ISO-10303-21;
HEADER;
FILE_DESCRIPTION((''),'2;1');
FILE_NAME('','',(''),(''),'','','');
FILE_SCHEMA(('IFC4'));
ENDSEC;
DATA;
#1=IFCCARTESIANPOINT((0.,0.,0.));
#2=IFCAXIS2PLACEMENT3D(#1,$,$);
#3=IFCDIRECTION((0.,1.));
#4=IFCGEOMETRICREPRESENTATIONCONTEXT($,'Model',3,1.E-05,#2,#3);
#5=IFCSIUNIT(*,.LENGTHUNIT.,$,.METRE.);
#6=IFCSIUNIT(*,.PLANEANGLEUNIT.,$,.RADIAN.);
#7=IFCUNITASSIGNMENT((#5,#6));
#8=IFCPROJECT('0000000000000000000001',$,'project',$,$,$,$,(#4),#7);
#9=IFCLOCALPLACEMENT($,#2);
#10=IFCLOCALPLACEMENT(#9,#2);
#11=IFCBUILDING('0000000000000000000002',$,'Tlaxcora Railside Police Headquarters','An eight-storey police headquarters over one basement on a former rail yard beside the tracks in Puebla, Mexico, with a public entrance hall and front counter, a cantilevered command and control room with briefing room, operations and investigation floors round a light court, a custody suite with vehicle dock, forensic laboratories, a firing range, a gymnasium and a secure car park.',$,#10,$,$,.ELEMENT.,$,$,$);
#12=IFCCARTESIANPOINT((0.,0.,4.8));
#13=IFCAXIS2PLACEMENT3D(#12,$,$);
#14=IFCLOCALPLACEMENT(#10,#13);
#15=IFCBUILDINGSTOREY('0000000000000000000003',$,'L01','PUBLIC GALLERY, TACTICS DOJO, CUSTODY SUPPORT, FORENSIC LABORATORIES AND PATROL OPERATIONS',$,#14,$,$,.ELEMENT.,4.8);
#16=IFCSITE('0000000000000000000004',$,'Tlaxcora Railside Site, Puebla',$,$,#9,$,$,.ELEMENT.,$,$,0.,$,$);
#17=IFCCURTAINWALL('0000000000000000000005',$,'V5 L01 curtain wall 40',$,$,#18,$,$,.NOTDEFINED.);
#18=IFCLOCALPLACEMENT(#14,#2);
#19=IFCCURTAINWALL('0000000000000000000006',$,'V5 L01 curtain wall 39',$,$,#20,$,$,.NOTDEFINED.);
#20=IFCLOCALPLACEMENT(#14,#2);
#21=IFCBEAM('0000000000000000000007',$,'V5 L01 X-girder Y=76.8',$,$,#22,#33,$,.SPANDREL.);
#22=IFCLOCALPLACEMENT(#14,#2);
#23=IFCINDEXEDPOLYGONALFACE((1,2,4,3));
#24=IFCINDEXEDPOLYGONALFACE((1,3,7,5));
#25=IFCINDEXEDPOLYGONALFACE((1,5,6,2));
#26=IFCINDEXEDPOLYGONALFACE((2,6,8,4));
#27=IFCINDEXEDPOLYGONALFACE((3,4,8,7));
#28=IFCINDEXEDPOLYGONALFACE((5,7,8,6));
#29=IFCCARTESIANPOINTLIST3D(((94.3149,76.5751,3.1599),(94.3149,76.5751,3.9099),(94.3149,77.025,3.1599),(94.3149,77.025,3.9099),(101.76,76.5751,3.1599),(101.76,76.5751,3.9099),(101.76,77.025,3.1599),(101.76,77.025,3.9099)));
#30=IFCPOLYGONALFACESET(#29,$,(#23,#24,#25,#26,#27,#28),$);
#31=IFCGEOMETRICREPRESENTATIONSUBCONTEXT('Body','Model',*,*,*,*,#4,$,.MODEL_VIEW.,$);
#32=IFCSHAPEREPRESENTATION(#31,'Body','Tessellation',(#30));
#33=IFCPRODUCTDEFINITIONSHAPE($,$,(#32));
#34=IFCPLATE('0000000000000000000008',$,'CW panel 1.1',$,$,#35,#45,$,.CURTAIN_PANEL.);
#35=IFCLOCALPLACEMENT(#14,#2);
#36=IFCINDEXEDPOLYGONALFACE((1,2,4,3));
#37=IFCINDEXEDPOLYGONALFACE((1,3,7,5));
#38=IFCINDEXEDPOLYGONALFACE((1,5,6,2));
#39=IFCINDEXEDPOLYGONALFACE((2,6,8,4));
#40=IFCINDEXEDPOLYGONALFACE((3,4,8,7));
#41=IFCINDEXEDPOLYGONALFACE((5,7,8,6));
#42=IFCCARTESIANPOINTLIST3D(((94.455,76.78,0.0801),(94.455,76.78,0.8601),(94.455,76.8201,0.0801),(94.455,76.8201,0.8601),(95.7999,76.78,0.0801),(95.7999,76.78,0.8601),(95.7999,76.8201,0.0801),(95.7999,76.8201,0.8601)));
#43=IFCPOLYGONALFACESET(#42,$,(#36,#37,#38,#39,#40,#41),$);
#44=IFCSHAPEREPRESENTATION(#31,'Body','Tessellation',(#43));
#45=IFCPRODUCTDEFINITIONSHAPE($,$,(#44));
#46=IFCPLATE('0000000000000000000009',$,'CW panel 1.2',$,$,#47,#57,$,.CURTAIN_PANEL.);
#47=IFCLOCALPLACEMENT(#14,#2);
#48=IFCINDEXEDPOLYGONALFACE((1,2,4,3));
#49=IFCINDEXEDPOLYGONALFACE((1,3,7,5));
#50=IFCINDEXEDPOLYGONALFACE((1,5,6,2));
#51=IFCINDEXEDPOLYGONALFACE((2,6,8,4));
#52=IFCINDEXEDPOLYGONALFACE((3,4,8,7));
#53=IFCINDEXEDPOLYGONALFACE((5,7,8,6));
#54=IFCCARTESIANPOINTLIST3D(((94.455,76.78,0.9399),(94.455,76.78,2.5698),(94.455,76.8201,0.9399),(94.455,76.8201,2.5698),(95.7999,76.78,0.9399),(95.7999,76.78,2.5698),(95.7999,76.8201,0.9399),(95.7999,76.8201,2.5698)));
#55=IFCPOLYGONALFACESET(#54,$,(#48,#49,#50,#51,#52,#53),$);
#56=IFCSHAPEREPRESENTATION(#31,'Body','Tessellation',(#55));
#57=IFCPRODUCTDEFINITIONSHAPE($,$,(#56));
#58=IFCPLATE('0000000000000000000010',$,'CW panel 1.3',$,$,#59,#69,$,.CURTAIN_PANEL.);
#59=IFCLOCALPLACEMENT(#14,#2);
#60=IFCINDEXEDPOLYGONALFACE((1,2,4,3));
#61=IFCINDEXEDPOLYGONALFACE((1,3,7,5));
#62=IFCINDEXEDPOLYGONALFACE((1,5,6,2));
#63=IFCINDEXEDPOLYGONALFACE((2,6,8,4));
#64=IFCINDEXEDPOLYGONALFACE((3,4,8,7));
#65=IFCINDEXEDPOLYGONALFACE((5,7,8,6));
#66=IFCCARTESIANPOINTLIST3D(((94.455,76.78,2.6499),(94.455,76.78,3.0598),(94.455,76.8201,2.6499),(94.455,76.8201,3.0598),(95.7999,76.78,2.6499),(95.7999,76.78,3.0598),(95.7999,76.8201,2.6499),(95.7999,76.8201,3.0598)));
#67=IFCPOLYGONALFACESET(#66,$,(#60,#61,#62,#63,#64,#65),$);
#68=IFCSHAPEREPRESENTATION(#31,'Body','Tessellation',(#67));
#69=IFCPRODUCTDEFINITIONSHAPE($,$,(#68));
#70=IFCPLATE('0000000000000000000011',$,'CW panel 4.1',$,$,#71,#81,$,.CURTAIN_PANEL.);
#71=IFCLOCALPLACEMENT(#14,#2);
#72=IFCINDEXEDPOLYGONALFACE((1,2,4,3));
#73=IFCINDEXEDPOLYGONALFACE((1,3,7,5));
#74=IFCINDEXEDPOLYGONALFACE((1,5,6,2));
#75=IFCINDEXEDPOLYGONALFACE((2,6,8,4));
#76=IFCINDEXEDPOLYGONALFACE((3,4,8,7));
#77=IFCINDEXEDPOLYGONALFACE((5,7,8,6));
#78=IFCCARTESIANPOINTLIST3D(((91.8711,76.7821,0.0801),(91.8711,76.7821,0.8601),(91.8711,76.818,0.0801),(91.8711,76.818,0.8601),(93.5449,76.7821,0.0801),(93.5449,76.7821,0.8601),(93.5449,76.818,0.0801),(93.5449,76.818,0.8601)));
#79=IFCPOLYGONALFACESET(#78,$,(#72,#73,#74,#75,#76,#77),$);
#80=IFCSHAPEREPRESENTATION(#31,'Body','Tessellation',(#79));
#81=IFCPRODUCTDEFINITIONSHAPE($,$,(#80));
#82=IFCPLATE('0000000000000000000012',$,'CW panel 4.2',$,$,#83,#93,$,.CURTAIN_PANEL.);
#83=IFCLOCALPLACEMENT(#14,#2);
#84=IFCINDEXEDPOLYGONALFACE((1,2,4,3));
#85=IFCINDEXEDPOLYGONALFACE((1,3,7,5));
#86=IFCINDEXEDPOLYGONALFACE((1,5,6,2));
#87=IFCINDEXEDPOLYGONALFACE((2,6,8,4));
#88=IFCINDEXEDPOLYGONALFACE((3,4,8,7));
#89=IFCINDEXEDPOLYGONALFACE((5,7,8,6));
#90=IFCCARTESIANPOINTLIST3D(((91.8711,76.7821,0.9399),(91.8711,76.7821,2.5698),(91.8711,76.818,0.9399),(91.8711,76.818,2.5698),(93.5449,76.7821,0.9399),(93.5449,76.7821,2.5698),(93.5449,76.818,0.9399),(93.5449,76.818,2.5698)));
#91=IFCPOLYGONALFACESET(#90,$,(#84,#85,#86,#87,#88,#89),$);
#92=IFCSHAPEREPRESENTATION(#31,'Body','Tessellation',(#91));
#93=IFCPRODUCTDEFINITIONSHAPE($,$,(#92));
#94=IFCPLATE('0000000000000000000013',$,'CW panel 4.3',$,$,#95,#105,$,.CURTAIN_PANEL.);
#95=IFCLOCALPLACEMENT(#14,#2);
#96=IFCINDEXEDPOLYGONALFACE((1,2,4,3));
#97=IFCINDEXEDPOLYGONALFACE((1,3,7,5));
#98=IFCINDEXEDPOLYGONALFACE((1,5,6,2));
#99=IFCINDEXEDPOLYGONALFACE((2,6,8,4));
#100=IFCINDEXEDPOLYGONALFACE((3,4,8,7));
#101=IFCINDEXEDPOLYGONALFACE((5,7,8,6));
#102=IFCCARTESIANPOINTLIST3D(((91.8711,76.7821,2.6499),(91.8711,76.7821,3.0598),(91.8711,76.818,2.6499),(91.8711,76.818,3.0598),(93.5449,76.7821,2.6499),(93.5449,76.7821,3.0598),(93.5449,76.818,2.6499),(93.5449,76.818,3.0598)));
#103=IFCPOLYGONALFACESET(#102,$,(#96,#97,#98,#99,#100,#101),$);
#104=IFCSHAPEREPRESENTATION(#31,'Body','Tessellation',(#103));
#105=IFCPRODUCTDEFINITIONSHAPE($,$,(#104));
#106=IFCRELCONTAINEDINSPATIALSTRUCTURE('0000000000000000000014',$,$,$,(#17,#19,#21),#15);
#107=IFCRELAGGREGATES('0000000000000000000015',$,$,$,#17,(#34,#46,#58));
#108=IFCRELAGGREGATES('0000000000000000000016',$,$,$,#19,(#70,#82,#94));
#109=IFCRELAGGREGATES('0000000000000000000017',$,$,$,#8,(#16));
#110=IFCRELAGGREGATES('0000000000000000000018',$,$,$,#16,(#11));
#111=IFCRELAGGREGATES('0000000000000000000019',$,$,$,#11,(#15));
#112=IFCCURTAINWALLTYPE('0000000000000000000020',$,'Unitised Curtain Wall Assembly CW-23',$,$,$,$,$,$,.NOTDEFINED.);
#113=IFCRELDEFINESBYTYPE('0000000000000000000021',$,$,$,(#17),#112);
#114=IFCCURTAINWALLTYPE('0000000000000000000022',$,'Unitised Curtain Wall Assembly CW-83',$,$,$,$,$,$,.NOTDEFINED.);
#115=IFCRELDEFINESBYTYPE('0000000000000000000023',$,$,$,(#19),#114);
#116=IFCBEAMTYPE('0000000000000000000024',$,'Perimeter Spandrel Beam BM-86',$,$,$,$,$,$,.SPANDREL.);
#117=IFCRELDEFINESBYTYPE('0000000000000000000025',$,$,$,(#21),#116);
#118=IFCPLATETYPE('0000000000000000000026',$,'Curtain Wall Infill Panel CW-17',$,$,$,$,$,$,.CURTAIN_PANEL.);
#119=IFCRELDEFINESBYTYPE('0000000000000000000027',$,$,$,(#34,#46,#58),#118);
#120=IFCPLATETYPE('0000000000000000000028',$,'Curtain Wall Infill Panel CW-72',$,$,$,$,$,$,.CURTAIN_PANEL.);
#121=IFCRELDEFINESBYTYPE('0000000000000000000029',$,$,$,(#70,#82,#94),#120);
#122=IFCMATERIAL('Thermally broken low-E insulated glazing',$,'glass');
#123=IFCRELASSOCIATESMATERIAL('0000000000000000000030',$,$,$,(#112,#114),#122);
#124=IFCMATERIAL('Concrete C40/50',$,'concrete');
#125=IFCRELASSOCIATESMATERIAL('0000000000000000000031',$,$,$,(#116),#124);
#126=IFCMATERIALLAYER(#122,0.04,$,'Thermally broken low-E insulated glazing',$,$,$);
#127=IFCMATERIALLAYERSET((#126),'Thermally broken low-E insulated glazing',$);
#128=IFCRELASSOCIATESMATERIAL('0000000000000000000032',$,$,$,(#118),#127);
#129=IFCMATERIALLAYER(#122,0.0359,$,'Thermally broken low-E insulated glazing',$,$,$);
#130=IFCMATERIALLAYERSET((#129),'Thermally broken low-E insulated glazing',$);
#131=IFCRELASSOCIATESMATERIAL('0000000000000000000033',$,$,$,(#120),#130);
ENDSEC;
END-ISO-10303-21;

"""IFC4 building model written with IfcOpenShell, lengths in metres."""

from ifc_helpers import new_model, si_unit, direction, frame, origin, origin_2d, place, context, subcontext, project, spatial, rectangle, extrude, material, layer, layer_set, material_profile, profile_set, type_object, element, aggregate, save


model = new_model("IFC4")

# Units and contexts
model_context = context("Model", 3, precision=1e-05, world=origin(), true_north=direction((0.0, 1.0)))
body_context = subcontext(model_context, "Body", "Model", "MODEL_VIEW")
ifc_project = project(units=[si_unit("LENGTHUNIT", "METRE"), si_unit("PLANEANGLEUNIT", "RADIAN")], contexts=[model_context])

# Site, building, storey
site_placement = place(None, origin())
site = spatial("IfcSite", under=ifc_project, at=site_placement, Name="Tlaxcora Railside Site, Puebla", CompositionType="ELEMENT", RefElevation=0.0)
building_placement = place(site_placement, origin())
building = spatial("IfcBuilding", under=site, at=building_placement, Name="Tlaxcora Railside Police Headquarters", Description="An eight-storey police headquarters over one basement on a former rail yard beside the tracks in Puebla, Mexico, with a public entrance hall and front counter, a cantilevered command and control room with briefing room, operations and investigation floors round a light court, a custody suite with vehicle dock, forensic laboratories, a firing range, a gymnasium and a secure car park.", CompositionType="ELEMENT")
storey_placement = place(building_placement, frame((0.0, 0.0, 4.8)))
storey = spatial("IfcBuildingStorey", under=building, at=storey_placement, Name="L01", Description="PUBLIC GALLERY, TACTICS DOJO, CUSTODY SUPPORT, FORENSIC LABORATORIES AND PATROL OPERATIONS", CompositionType="ELEMENT", Elevation=4.8)

# Shared definitions
ifc_material_1 = material(Name="Concrete C40/50", Category="concrete")

# Curtain wall
ifc_material_2 = material(Name="Thermally broken low-E insulated glazing", Category="glass")
curtain_wall_type_1 = type_object("IfcCurtainWallType", Name="Unitised Curtain Wall Assembly CW-23", PredefinedType="NOTDEFINED", material=ifc_material_2)
curtain_wall_1_placement = place(storey_placement, origin())
curtain_wall_1 = element("IfcCurtainWall", 1, at=curtain_wall_1_placement, inside=storey, type_object=curtain_wall_type_1, Name="V5 L01 curtain wall 40", PredefinedType="NOTDEFINED")

# Curtain wall
curtain_wall_type_2 = type_object("IfcCurtainWallType", Name="Unitised Curtain Wall Assembly CW-83", PredefinedType="NOTDEFINED", material=ifc_material_2)
curtain_wall_2_placement = place(storey_placement, origin())
curtain_wall_2 = element("IfcCurtainWall", 2, at=curtain_wall_2_placement, inside=storey, type_object=curtain_wall_type_2, Name="V5 L01 curtain wall 39", PredefinedType="NOTDEFINED")

# Beam
ifc_material_profile_1 = material_profile(ifc_material_1, rectangle(XDim=0.45, YDim=0.75, at=origin_2d()), Name="RC450X750")
ifc_profile_set_1 = profile_set([ifc_material_profile_1], Name="Concrete C40/50")
beam_type = type_object("IfcBeamType", Name="Perimeter Spandrel Beam BM-86", PredefinedType="SPANDREL", material=ifc_profile_set_1)
beam_placement = place(storey_placement, frame((94.3149, 76.8, 3.5349), z_axis=(1.0, 0.0, 0.0), x_axis=(0.0, 1.0, 0.0)))
element("IfcBeam", 3, at=beam_placement, inside=storey, type_object=beam_type, Name="V5 L01 X-girder Y=76.8", PredefinedType="SPANDREL", context=body_context, shape_type="SweptSolid", body=[
    extrude(rectangle(XDim=0.45, YDim=0.75, at=origin_2d()), origin(), (0.0, 0.0, 1.0), 7.4451),
])

# Plates
ifc_layer_1 = layer(ifc_material_2, 0.04, Name="Thermally broken low-E insulated glazing")
ifc_layer_set_1 = layer_set([ifc_layer_1], Name="Thermally broken low-E insulated glazing")
plate_type_1 = type_object("IfcPlateType", Name="Curtain Wall Infill Panel CW-17", PredefinedType="CURTAIN_PANEL", material=ifc_layer_set_1)
plate_1_placement = place(storey_placement, frame((95.1274, 76.8, 0.0801), z_axis=(0.0, 0.0, 1.0), x_axis=(1.0, 0.0, 0.0)))
plate_1 = element("IfcPlate", 4, at=plate_1_placement, type_object=plate_type_1, Name="CW panel 1.1", PredefinedType="CURTAIN_PANEL", context=body_context, shape_type="SweptSolid", body=[
    extrude(rectangle(XDim=1.345, YDim=0.04, at=origin_2d()), origin(), (0.0, 0.0, 1.0), 0.78),
])
plate_2_placement = place(storey_placement, frame((95.1274, 76.8, 0.9399), z_axis=(0.0, 0.0, 1.0), x_axis=(1.0, 0.0, 0.0)))
plate_2 = element("IfcPlate", 5, at=plate_2_placement, type_object=plate_type_1, Name="CW panel 1.2", PredefinedType="CURTAIN_PANEL", context=body_context, shape_type="SweptSolid", body=[
    extrude(rectangle(XDim=1.345, YDim=0.04, at=origin_2d()), origin(), (0.0, 0.0, 1.0), 1.6299),
])
plate_3_placement = place(storey_placement, frame((95.1274, 76.8, 2.6499), z_axis=(0.0, 0.0, 1.0), x_axis=(1.0, 0.0, 0.0)))
plate_3 = element("IfcPlate", 6, at=plate_3_placement, type_object=plate_type_1, Name="CW panel 1.3", PredefinedType="CURTAIN_PANEL", context=body_context, shape_type="SweptSolid", body=[
    extrude(rectangle(XDim=1.345, YDim=0.04, at=origin_2d()), origin(), (0.0, 0.0, 1.0), 0.4099),
])
aggregate(curtain_wall_1, [plate_1, plate_2, plate_3])
ifc_layer_2 = layer(ifc_material_2, 0.0359, Name="Thermally broken low-E insulated glazing")
ifc_layer_set_2 = layer_set([ifc_layer_2], Name="Thermally broken low-E insulated glazing")
plate_type_2 = type_object("IfcPlateType", Name="Curtain Wall Infill Panel CW-72", PredefinedType="CURTAIN_PANEL", material=ifc_layer_set_2)
plate_4_placement = place(storey_placement, frame((92.708, 76.8, 0.0801), z_axis=(0.0, 0.0, 1.0), x_axis=(1.0, 0.0, 0.0)))
plate_4 = element("IfcPlate", 7, at=plate_4_placement, type_object=plate_type_2, Name="CW panel 4.1", PredefinedType="CURTAIN_PANEL", context=body_context, shape_type="SweptSolid", body=[
    extrude(rectangle(XDim=1.6738, YDim=0.0359, at=origin_2d()), origin(), (0.0, 0.0, 1.0), 0.78),
])
plate_5_placement = place(storey_placement, frame((92.708, 76.8, 0.9399), z_axis=(0.0, 0.0, 1.0), x_axis=(1.0, 0.0, 0.0)))
plate_5 = element("IfcPlate", 8, at=plate_5_placement, type_object=plate_type_2, Name="CW panel 4.2", PredefinedType="CURTAIN_PANEL", context=body_context, shape_type="SweptSolid", body=[
    extrude(rectangle(XDim=1.6738, YDim=0.0359, at=origin_2d()), origin(), (0.0, 0.0, 1.0), 1.6299),
])
plate_6_placement = place(storey_placement, frame((92.708, 76.8, 2.6499), z_axis=(0.0, 0.0, 1.0), x_axis=(1.0, 0.0, 0.0)))
plate_6 = element("IfcPlate", 9, at=plate_6_placement, type_object=plate_type_2, Name="CW panel 4.3", PredefinedType="CURTAIN_PANEL", context=body_context, shape_type="SweptSolid", body=[
    extrude(rectangle(XDim=1.6738, YDim=0.0359, at=origin_2d()), origin(), (0.0, 0.0, 1.0), 0.4099),
])
aggregate(curtain_wall_2, [plate_4, plate_5, plate_6])

save(model, "model.ifc")
